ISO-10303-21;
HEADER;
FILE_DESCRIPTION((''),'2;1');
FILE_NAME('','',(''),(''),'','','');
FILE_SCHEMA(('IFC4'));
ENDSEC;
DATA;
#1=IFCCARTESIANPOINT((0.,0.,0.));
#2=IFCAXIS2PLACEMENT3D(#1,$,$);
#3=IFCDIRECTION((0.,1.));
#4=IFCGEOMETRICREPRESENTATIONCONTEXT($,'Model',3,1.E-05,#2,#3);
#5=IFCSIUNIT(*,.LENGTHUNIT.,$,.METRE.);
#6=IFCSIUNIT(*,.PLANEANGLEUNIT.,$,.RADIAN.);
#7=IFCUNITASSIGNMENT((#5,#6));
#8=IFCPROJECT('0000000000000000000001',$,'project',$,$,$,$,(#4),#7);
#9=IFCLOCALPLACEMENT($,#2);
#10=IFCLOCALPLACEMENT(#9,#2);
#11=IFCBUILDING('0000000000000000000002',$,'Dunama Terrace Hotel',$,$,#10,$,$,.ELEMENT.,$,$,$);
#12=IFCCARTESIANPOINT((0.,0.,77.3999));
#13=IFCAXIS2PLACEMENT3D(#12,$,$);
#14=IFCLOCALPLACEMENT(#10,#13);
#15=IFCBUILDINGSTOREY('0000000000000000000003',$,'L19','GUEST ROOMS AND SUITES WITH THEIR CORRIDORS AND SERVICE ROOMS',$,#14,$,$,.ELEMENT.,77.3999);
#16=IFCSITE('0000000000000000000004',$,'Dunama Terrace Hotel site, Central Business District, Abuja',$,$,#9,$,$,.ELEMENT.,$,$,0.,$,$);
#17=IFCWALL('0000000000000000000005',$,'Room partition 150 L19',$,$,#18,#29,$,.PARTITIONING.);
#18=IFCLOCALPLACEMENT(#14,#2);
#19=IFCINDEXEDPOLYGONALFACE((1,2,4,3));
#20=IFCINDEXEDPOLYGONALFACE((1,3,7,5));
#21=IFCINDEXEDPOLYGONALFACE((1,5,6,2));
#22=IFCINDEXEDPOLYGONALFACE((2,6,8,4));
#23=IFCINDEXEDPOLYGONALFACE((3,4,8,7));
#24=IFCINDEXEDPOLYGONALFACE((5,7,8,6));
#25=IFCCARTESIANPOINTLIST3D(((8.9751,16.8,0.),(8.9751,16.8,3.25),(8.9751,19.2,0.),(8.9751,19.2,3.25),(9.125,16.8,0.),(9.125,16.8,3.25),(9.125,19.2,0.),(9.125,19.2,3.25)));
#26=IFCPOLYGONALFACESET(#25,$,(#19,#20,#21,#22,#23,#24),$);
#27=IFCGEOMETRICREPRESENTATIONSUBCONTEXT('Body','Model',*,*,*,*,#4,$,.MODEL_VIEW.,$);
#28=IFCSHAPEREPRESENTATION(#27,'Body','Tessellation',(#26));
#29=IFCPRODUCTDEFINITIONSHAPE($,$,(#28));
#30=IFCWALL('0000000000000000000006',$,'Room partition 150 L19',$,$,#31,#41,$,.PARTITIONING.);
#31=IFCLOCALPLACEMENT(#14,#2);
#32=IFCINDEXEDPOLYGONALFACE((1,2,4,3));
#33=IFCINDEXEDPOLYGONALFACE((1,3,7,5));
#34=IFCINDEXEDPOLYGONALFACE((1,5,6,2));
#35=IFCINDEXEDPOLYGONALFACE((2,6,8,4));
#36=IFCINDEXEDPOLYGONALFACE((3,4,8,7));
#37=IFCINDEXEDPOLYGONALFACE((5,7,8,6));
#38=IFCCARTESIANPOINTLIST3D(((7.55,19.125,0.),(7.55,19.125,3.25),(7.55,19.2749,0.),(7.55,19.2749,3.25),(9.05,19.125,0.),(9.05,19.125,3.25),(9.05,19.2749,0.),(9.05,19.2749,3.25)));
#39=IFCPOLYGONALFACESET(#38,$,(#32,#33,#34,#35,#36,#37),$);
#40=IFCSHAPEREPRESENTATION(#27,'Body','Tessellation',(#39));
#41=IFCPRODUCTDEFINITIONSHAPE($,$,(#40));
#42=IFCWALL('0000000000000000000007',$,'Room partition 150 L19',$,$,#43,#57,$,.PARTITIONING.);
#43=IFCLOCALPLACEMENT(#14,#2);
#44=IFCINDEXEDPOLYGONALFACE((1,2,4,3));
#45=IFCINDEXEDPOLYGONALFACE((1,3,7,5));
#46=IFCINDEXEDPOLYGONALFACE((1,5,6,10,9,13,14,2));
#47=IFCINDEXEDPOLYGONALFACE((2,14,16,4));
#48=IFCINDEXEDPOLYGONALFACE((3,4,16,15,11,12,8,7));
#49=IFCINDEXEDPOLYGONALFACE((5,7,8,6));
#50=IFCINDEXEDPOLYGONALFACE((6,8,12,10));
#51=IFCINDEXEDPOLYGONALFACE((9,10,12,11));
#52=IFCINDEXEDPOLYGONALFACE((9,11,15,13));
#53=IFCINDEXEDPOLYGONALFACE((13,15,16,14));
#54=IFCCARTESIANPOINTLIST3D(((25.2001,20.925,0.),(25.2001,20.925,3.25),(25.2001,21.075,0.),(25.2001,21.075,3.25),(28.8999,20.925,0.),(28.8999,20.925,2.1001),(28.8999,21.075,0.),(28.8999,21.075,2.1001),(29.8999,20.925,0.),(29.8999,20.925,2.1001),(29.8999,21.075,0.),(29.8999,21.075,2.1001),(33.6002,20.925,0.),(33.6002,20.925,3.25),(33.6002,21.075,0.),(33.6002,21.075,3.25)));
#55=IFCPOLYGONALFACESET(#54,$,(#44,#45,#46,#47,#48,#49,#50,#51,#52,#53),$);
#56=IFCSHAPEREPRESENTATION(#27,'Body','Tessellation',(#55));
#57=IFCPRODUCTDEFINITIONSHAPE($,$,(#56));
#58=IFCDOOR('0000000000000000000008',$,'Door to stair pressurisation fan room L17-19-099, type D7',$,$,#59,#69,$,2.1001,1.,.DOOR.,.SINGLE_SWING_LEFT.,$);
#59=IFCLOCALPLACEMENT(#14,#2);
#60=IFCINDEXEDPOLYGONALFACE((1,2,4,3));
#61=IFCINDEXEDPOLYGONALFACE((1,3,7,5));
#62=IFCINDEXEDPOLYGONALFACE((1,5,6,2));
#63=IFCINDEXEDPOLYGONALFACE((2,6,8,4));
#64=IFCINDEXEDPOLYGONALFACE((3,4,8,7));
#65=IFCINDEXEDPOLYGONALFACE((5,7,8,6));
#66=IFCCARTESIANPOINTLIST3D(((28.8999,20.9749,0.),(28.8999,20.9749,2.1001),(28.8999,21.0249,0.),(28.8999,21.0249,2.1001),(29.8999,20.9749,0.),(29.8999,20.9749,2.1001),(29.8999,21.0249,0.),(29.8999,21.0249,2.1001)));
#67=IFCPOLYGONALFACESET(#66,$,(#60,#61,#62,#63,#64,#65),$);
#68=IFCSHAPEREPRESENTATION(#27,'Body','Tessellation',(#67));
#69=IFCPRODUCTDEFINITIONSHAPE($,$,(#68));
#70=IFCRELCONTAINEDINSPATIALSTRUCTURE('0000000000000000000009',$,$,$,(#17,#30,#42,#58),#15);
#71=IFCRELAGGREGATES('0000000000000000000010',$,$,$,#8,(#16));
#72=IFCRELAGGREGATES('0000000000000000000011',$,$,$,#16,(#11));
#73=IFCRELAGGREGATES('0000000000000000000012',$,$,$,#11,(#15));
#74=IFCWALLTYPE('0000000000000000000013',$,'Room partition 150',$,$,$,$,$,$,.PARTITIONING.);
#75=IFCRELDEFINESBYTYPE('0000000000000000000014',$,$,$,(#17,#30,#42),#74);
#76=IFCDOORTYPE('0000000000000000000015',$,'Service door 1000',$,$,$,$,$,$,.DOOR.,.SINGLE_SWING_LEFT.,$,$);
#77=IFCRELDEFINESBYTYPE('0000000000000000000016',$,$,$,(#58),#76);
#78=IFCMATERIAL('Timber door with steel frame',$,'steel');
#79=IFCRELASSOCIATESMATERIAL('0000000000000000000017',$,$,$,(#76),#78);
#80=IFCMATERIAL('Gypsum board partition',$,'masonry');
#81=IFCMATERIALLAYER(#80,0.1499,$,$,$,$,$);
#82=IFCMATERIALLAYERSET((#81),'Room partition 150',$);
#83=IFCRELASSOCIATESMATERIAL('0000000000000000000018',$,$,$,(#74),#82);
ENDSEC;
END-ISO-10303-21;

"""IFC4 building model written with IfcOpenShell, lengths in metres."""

from ifc_helpers import new_model, si_unit, direction, frame, frame_2d, origin, place, context, subcontext, project, spatial, rectangle, extrude, material, layer, layer_set, type_object, element, fill, save


model = new_model("IFC4")

# Units and contexts
model_context = context("Model", 3, precision=1e-05, world=origin(), true_north=direction((0.0, 1.0)))
body_context = subcontext(model_context, "Body", "Model", "MODEL_VIEW")
ifc_project = project(units=[si_unit("LENGTHUNIT", "METRE"), si_unit("PLANEANGLEUNIT", "RADIAN")], contexts=[model_context])

# Site, building, storey
site_placement = place(None, origin())
site = spatial("IfcSite", under=ifc_project, at=site_placement, Name="Dunama Terrace Hotel site, Central Business District, Abuja", CompositionType="ELEMENT", RefElevation=0.0)
building_placement = place(site_placement, origin())
building = spatial("IfcBuilding", under=site, at=building_placement, Name="Dunama Terrace Hotel", CompositionType="ELEMENT")
storey_placement = place(building_placement, frame((0.0, 0.0, 77.3999)))
storey = spatial("IfcBuildingStorey", under=building, at=storey_placement, Name="L19", Description="GUEST ROOMS AND SUITES WITH THEIR CORRIDORS AND SERVICE ROOMS", CompositionType="ELEMENT", Elevation=77.3999)

# Shared definitions
ifc_material_1 = material(Name="Timber door with steel frame", Category="steel")
door_type_1 = type_object("IfcDoorType", Name="Service door 1000", OperationType="SINGLE_SWING_LEFT", PredefinedType="DOOR", material=ifc_material_1)

# Walls
ifc_material_2 = material(Name="Gypsum board partition", Category="masonry")
ifc_layer_1 = layer(ifc_material_2, 0.1499)
ifc_layer_set_1 = layer_set([ifc_layer_1], Name="Room partition 150")
wall_type_1 = type_object("IfcWallType", Name="Room partition 150", PredefinedType="PARTITIONING", material=ifc_layer_set_1)
wall_1_placement = place(storey_placement, frame((9.05, 16.8, 0.0), z_axis=(0.0, 0.0, 1.0), x_axis=(0.0, 1.0, 0.0)))
element("IfcWall", 1, at=wall_1_placement, inside=storey, type_object=wall_type_1, Name="Room partition 150 L19", PredefinedType="PARTITIONING", context=body_context, shape_type="SweptSolid", body=[
    extrude(rectangle(XDim=2.3999, YDim=0.1499, at=frame_2d((1.2, 0.0))), origin(), (0.0, 0.0, 1.0), 3.25),
])
wall_2_placement = place(storey_placement, frame((7.55, 19.2, 0.0), z_axis=(0.0, 0.0, 1.0), x_axis=(1.0, 0.0, 0.0)))
element("IfcWall", 2, at=wall_2_placement, inside=storey, type_object=wall_type_1, Name="Room partition 150 L19", PredefinedType="PARTITIONING", context=body_context, shape_type="SweptSolid", body=[
    extrude(rectangle(XDim=1.5, YDim=0.1499, at=frame_2d((0.75, 0.0))), origin(), (0.0, 0.0, 1.0), 3.25),
])

# Wall, opening, door
wall_3_placement = place(storey_placement, frame((25.2, 21.0, 0.0), z_axis=(0.0, 0.0, 1.0), x_axis=(1.0, 0.0, 0.0)))
wall_3 = element("IfcWall", 3, at=wall_3_placement, inside=storey, type_object=wall_type_1, Name="Room partition 150 L19", PredefinedType="PARTITIONING", context=body_context, shape_type="SweptSolid", body=[
    extrude(rectangle(XDim=8.4001, YDim=0.1499, at=frame_2d((4.2002, 0.0))), origin(), (0.0, 0.0, 1.0), 3.25),
])
opening_1_placement = place(wall_3_placement, frame((3.7, 0.0, 0.0)))
opening_1 = element("IfcOpeningElement", 4, at=opening_1_placement, cuts=wall_3, PredefinedType="OPENING", context=body_context, shape_type="SweptSolid", body=[
    extrude(rectangle(XDim=1.0, YDim=2.1001, at=frame_2d((0.5, 1.05))), frame((0.0, 0.085, 0.0), z_axis=(0.0, -1.0, 0.0), x_axis=(1.0, 0.0, 0.0)), (0.0, 0.0, 1.0), 0.1699),
])
door_1_placement = place(opening_1_placement, origin())
door_1 = element("IfcDoor", 5, at=door_1_placement, inside=storey, type_object=door_type_1, Name="Door to stair pressurisation fan room L17-19-099, type D7", OperationType="SINGLE_SWING_LEFT", OverallHeight=2.1001, OverallWidth=1.0, PredefinedType="DOOR", context=body_context, shape_type="SweptSolid", body=[
    extrude(rectangle(XDim=1.0, YDim=2.1001, at=frame_2d((0.5, 1.05))), frame((0.0, 0.0249, 0.0), z_axis=(0.0, -1.0, 0.0), x_axis=(1.0, 0.0, 0.0)), (0.0, 0.0, 1.0), 0.05),
])
fill(opening_1, door_1)

save(model, "model.ifc")
